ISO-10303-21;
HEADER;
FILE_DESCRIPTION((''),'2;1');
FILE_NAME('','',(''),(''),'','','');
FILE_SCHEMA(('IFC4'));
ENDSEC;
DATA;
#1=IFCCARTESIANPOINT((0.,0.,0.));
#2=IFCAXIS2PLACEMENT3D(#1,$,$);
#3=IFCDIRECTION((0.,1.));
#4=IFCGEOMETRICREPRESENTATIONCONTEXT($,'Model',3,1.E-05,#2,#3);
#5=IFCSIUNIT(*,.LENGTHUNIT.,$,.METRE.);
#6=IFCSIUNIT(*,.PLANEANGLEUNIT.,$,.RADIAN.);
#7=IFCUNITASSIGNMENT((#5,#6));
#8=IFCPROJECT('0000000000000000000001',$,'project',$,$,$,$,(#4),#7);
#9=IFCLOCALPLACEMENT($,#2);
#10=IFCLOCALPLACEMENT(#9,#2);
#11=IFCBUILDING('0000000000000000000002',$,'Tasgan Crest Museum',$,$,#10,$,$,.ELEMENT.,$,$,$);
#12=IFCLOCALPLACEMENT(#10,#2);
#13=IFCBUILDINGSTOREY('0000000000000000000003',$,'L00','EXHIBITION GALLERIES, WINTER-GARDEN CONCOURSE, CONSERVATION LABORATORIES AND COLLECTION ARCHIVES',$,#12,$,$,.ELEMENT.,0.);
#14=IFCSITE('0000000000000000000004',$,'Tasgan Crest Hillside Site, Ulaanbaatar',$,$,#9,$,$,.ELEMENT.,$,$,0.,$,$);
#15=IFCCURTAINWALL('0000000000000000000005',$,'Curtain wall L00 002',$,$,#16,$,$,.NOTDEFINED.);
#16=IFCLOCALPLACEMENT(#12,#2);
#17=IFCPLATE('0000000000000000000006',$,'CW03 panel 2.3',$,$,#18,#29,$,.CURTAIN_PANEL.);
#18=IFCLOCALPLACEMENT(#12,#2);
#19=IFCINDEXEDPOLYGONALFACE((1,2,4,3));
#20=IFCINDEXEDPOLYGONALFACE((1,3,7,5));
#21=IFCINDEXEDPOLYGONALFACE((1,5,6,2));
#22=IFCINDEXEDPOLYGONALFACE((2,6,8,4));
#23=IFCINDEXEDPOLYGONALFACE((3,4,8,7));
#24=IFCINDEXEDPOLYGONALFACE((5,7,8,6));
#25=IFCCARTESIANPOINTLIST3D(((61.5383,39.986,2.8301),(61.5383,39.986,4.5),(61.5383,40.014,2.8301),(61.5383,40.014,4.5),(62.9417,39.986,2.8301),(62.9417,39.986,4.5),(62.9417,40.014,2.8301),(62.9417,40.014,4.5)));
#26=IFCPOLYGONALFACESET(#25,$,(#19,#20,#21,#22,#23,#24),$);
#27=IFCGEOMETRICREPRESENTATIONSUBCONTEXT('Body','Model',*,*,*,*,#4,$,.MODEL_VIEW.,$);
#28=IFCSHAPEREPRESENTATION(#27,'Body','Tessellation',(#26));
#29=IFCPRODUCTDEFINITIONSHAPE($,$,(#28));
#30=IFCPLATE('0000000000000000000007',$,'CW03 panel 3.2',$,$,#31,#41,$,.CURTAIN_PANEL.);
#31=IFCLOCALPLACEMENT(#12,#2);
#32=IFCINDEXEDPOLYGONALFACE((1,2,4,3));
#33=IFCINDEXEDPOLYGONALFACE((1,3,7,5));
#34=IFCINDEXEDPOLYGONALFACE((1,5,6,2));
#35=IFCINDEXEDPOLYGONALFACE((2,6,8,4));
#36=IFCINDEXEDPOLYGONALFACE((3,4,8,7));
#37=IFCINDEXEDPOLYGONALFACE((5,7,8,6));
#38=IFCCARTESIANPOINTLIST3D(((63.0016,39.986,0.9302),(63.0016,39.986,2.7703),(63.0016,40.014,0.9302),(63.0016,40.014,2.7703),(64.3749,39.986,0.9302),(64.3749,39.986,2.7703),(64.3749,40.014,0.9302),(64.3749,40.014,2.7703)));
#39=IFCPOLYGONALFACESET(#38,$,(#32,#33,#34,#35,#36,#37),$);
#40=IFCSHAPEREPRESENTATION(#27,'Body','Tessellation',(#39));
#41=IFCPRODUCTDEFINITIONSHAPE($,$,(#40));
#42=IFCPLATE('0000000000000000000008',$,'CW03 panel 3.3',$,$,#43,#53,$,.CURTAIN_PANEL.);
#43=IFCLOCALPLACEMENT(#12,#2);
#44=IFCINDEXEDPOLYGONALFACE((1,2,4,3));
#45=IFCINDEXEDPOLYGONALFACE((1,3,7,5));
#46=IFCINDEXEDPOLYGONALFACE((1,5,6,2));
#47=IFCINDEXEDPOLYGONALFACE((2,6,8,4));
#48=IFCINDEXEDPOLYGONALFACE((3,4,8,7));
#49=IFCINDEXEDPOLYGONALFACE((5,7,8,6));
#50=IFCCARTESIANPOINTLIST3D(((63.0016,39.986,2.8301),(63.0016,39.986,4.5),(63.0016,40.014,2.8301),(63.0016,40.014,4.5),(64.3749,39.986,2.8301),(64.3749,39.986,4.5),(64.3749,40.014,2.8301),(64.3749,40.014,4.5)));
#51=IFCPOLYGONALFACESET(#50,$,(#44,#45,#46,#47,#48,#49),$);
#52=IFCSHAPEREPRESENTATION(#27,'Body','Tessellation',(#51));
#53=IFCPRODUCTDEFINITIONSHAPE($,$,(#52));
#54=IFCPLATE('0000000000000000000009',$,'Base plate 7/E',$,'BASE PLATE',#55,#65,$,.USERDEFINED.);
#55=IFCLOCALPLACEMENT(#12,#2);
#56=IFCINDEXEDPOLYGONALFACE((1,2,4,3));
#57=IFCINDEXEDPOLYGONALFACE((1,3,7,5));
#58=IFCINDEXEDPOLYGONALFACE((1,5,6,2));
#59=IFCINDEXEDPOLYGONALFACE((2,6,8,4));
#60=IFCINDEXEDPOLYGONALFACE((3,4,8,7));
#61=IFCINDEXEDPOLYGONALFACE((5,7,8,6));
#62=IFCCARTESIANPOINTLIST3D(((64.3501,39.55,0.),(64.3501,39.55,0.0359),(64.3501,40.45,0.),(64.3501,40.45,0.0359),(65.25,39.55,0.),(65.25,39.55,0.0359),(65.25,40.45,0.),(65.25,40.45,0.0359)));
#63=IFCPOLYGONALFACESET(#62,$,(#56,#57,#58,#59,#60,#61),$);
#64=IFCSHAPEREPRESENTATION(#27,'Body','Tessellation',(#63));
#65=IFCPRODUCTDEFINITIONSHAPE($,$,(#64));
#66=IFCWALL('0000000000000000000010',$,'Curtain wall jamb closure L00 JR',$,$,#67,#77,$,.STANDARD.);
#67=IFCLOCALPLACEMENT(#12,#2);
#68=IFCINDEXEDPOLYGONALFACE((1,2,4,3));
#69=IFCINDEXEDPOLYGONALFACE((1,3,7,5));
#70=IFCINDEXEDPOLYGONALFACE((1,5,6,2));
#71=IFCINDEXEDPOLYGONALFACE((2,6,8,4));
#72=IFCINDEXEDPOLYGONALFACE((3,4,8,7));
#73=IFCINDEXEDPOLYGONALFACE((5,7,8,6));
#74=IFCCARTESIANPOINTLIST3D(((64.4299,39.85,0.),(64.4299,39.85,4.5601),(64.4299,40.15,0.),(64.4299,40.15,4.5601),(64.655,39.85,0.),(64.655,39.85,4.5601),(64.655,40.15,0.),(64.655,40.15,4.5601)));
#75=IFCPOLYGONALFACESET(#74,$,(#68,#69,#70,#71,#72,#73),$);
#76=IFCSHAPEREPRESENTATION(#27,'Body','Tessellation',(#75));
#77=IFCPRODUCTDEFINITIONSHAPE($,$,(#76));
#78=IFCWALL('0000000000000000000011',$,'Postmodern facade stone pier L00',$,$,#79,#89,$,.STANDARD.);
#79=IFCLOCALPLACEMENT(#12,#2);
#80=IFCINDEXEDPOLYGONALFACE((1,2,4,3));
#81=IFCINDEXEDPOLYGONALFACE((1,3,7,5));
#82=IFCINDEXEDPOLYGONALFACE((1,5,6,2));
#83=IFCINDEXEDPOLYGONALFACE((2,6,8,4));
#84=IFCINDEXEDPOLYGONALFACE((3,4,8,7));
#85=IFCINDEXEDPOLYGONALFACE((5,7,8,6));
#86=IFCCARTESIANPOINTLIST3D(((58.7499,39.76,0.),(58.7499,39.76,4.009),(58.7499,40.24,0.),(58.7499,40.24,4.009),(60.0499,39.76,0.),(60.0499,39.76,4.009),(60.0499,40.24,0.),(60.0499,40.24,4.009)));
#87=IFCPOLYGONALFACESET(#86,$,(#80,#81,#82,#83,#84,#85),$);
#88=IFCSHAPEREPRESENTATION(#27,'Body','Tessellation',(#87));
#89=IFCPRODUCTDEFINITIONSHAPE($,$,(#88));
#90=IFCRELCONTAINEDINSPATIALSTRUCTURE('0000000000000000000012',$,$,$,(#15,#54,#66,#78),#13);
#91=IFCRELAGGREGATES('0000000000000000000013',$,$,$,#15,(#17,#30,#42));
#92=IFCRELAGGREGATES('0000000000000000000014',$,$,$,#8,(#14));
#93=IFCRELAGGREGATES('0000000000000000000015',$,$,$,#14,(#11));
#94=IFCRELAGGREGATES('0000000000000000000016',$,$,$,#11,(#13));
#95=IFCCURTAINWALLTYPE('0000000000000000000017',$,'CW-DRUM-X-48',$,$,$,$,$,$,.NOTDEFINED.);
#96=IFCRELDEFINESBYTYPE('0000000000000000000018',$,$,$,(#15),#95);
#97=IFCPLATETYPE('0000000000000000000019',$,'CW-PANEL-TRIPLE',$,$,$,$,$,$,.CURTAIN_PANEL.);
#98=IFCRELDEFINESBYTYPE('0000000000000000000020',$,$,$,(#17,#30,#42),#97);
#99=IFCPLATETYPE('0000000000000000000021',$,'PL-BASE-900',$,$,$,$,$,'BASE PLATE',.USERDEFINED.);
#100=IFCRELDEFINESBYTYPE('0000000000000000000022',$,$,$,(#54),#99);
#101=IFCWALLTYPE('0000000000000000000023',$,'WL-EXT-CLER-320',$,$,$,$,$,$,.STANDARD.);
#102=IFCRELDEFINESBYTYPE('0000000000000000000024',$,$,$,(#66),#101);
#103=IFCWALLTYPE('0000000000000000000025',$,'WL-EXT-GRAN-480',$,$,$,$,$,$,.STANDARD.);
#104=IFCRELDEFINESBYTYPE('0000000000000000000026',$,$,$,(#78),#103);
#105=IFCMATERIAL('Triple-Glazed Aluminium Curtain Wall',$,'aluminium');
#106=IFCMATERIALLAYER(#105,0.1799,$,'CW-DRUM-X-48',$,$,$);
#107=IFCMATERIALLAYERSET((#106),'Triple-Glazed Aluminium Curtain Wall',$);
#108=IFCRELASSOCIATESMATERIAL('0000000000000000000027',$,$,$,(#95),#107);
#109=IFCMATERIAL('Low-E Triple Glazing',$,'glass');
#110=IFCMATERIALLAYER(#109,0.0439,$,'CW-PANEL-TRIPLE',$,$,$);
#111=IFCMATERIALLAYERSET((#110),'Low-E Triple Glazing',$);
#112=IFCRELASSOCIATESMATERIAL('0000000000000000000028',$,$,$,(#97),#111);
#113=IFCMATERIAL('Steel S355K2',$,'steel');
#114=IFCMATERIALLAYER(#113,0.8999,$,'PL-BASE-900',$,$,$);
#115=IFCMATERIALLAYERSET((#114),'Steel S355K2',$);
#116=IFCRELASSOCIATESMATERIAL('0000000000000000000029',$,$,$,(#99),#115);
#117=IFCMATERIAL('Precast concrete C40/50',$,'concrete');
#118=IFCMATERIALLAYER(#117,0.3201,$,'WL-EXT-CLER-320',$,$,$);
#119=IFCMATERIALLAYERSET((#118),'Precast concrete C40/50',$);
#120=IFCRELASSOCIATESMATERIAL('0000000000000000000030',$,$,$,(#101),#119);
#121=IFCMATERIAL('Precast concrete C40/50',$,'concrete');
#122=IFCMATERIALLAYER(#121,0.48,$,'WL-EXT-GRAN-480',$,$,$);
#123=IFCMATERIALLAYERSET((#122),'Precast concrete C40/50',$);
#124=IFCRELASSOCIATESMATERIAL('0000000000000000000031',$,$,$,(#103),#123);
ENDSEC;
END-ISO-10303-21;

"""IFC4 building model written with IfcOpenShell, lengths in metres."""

from ifc_helpers import new_model, si_unit, direction, frame, frame_2d, origin, origin_2d, place, context, subcontext, project, spatial, rectangle, extrude, material, layer, layer_set, type_object, element, aggregate, save


model = new_model("IFC4")

# Units and contexts
model_context = context("Model", 3, precision=1e-05, world=origin(), true_north=direction((0.0, 1.0)))
body_context = subcontext(model_context, "Body", "Model", "MODEL_VIEW")
ifc_project = project(units=[si_unit("LENGTHUNIT", "METRE"), si_unit("PLANEANGLEUNIT", "RADIAN")], contexts=[model_context])

# Site, building, storey
site_placement = place(None, origin())
site = spatial("IfcSite", under=ifc_project, at=site_placement, Name="Tasgan Crest Hillside Site, Ulaanbaatar", CompositionType="ELEMENT", RefElevation=0.0)
building_placement = place(site_placement, origin())
building = spatial("IfcBuilding", under=site, at=building_placement, Name="Tasgan Crest Museum", CompositionType="ELEMENT")
storey_placement = place(building_placement, origin())
storey = spatial("IfcBuildingStorey", under=building, at=storey_placement, Name="L00", Description="EXHIBITION GALLERIES, WINTER-GARDEN CONCOURSE, CONSERVATION LABORATORIES AND COLLECTION ARCHIVES", CompositionType="ELEMENT", Elevation=0.0)

# Curtain wall
ifc_material_1 = material(Name="Triple-Glazed Aluminium Curtain Wall", Category="aluminium")
ifc_layer_1 = layer(ifc_material_1, 0.1799, Name="CW-DRUM-X-48")
ifc_layer_set_1 = layer_set([ifc_layer_1], Name="Triple-Glazed Aluminium Curtain Wall")
curtain_wall_type = type_object("IfcCurtainWallType", Name="CW-DRUM-X-48", PredefinedType="NOTDEFINED", material=ifc_layer_set_1)
curtain_wall_1_placement = place(storey_placement, origin())
curtain_wall_1 = element("IfcCurtainWall", 1, at=curtain_wall_1_placement, inside=storey, type_object=curtain_wall_type, Name="Curtain wall L00 002", PredefinedType="NOTDEFINED")

# Plates
ifc_material_2 = material(Name="Low-E Triple Glazing", Category="glass")
ifc_layer_2 = layer(ifc_material_2, 0.0439, Name="CW-PANEL-TRIPLE")
ifc_layer_set_2 = layer_set([ifc_layer_2], Name="Low-E Triple Glazing")
plate_type_1 = type_object("IfcPlateType", Name="CW-PANEL-TRIPLE", PredefinedType="CURTAIN_PANEL", material=ifc_layer_set_2)
plate_1_placement = place(storey_placement, frame((62.24, 40.0, 2.8301), z_axis=(0.0, 0.0, 1.0), x_axis=(1.0, 0.0, 0.0)))
plate_1 = element("IfcPlate", 2, at=plate_1_placement, type_object=plate_type_1, Name="CW03 panel 2.3", PredefinedType="CURTAIN_PANEL", context=body_context, shape_type="SweptSolid", body=[
    extrude(rectangle(XDim=1.4033, YDim=0.0281, at=origin_2d()), origin(), (0.0, 0.0, 1.0), 1.6699),
])
plate_2_placement = place(storey_placement, frame((63.6882, 40.0, 0.9302), z_axis=(0.0, 0.0, 1.0), x_axis=(1.0, 0.0, 0.0)))
plate_2 = element("IfcPlate", 3, at=plate_2_placement, type_object=plate_type_1, Name="CW03 panel 3.2", PredefinedType="CURTAIN_PANEL", context=body_context, shape_type="SweptSolid", body=[
    extrude(rectangle(XDim=1.3733, YDim=0.0281, at=origin_2d()), origin(), (0.0, 0.0, 1.0), 1.8401),
])
plate_3_placement = place(storey_placement, frame((63.6882, 40.0, 2.8301), z_axis=(0.0, 0.0, 1.0), x_axis=(1.0, 0.0, 0.0)))
plate_3 = element("IfcPlate", 4, at=plate_3_placement, type_object=plate_type_1, Name="CW03 panel 3.3", PredefinedType="CURTAIN_PANEL", context=body_context, shape_type="SweptSolid", body=[
    extrude(rectangle(XDim=1.3733, YDim=0.0281, at=origin_2d()), origin(), (0.0, 0.0, 1.0), 1.6699),
])
aggregate(curtain_wall_1, [plate_1, plate_2, plate_3])
ifc_material_3 = material(Name="Steel S355K2", Category="steel")
ifc_layer_3 = layer(ifc_material_3, 0.8999, Name="PL-BASE-900")
ifc_layer_set_3 = layer_set([ifc_layer_3], Name="Steel S355K2")
plate_type_2 = type_object("IfcPlateType", Name="PL-BASE-900", ElementType="BASE PLATE", PredefinedType="USERDEFINED", material=ifc_layer_set_3)
plate_4_placement = place(storey_placement, frame((64.8, 40.0, 0.0), z_axis=(0.0, 0.0, 1.0), x_axis=(1.0, 0.0, 0.0)))
element("IfcPlate", 5, at=plate_4_placement, inside=storey, type_object=plate_type_2, Name="Base plate 7/E", ObjectType="BASE PLATE", PredefinedType="USERDEFINED", context=body_context, shape_type="SweptSolid", body=[
    extrude(rectangle(XDim=0.8999, YDim=0.8999, at=origin_2d()), origin(), (0.0, 0.0, 1.0), 0.0359),
])

# Walls
ifc_material_4 = material(Name="Precast concrete C40/50", Category="concrete")
ifc_layer_4 = layer(ifc_material_4, 0.3201, Name="WL-EXT-CLER-320")
ifc_layer_set_4 = layer_set([ifc_layer_4], Name="Precast concrete C40/50")
wall_type_1 = type_object("IfcWallType", Name="WL-EXT-CLER-320", PredefinedType="STANDARD", material=ifc_layer_set_4)
wall_1_placement = place(storey_placement, frame((64.4299, 40.0, 0.0), z_axis=(0.0, 0.0, 1.0), x_axis=(1.0, 0.0, 0.0)))
element("IfcWall", 6, at=wall_1_placement, inside=storey, type_object=wall_type_1, Name="Curtain wall jamb closure L00 JR", PredefinedType="STANDARD", context=body_context, shape_type="SweptSolid", body=[
    extrude(rectangle(XDim=0.2251, YDim=0.3, at=frame_2d((0.1125, 0.0))), origin(), (0.0, 0.0, 1.0), 4.5601),
])
ifc_material_5 = material(Name="Precast concrete C40/50", Category="concrete")
ifc_layer_5 = layer(ifc_material_5, 0.48, Name="WL-EXT-GRAN-480")
ifc_layer_set_5 = layer_set([ifc_layer_5], Name="Precast concrete C40/50")
wall_type_2 = type_object("IfcWallType", Name="WL-EXT-GRAN-480", PredefinedType="STANDARD", material=ifc_layer_set_5)
wall_2_placement = place(storey_placement, frame((58.75, 40.0, 0.0), z_axis=(0.0, 0.0, 1.0), x_axis=(1.0, 0.0, 0.0)))
element("IfcWall", 7, at=wall_2_placement, inside=storey, type_object=wall_type_2, Name="Postmodern facade stone pier L00", PredefinedType="STANDARD", context=body_context, shape_type="SweptSolid", body=[
    extrude(rectangle(XDim=1.3, YDim=0.48, at=frame_2d((0.6499, 0.0))), origin(), (0.0, 0.0, 1.0), 4.009),
])

save(model, "model.ifc")
